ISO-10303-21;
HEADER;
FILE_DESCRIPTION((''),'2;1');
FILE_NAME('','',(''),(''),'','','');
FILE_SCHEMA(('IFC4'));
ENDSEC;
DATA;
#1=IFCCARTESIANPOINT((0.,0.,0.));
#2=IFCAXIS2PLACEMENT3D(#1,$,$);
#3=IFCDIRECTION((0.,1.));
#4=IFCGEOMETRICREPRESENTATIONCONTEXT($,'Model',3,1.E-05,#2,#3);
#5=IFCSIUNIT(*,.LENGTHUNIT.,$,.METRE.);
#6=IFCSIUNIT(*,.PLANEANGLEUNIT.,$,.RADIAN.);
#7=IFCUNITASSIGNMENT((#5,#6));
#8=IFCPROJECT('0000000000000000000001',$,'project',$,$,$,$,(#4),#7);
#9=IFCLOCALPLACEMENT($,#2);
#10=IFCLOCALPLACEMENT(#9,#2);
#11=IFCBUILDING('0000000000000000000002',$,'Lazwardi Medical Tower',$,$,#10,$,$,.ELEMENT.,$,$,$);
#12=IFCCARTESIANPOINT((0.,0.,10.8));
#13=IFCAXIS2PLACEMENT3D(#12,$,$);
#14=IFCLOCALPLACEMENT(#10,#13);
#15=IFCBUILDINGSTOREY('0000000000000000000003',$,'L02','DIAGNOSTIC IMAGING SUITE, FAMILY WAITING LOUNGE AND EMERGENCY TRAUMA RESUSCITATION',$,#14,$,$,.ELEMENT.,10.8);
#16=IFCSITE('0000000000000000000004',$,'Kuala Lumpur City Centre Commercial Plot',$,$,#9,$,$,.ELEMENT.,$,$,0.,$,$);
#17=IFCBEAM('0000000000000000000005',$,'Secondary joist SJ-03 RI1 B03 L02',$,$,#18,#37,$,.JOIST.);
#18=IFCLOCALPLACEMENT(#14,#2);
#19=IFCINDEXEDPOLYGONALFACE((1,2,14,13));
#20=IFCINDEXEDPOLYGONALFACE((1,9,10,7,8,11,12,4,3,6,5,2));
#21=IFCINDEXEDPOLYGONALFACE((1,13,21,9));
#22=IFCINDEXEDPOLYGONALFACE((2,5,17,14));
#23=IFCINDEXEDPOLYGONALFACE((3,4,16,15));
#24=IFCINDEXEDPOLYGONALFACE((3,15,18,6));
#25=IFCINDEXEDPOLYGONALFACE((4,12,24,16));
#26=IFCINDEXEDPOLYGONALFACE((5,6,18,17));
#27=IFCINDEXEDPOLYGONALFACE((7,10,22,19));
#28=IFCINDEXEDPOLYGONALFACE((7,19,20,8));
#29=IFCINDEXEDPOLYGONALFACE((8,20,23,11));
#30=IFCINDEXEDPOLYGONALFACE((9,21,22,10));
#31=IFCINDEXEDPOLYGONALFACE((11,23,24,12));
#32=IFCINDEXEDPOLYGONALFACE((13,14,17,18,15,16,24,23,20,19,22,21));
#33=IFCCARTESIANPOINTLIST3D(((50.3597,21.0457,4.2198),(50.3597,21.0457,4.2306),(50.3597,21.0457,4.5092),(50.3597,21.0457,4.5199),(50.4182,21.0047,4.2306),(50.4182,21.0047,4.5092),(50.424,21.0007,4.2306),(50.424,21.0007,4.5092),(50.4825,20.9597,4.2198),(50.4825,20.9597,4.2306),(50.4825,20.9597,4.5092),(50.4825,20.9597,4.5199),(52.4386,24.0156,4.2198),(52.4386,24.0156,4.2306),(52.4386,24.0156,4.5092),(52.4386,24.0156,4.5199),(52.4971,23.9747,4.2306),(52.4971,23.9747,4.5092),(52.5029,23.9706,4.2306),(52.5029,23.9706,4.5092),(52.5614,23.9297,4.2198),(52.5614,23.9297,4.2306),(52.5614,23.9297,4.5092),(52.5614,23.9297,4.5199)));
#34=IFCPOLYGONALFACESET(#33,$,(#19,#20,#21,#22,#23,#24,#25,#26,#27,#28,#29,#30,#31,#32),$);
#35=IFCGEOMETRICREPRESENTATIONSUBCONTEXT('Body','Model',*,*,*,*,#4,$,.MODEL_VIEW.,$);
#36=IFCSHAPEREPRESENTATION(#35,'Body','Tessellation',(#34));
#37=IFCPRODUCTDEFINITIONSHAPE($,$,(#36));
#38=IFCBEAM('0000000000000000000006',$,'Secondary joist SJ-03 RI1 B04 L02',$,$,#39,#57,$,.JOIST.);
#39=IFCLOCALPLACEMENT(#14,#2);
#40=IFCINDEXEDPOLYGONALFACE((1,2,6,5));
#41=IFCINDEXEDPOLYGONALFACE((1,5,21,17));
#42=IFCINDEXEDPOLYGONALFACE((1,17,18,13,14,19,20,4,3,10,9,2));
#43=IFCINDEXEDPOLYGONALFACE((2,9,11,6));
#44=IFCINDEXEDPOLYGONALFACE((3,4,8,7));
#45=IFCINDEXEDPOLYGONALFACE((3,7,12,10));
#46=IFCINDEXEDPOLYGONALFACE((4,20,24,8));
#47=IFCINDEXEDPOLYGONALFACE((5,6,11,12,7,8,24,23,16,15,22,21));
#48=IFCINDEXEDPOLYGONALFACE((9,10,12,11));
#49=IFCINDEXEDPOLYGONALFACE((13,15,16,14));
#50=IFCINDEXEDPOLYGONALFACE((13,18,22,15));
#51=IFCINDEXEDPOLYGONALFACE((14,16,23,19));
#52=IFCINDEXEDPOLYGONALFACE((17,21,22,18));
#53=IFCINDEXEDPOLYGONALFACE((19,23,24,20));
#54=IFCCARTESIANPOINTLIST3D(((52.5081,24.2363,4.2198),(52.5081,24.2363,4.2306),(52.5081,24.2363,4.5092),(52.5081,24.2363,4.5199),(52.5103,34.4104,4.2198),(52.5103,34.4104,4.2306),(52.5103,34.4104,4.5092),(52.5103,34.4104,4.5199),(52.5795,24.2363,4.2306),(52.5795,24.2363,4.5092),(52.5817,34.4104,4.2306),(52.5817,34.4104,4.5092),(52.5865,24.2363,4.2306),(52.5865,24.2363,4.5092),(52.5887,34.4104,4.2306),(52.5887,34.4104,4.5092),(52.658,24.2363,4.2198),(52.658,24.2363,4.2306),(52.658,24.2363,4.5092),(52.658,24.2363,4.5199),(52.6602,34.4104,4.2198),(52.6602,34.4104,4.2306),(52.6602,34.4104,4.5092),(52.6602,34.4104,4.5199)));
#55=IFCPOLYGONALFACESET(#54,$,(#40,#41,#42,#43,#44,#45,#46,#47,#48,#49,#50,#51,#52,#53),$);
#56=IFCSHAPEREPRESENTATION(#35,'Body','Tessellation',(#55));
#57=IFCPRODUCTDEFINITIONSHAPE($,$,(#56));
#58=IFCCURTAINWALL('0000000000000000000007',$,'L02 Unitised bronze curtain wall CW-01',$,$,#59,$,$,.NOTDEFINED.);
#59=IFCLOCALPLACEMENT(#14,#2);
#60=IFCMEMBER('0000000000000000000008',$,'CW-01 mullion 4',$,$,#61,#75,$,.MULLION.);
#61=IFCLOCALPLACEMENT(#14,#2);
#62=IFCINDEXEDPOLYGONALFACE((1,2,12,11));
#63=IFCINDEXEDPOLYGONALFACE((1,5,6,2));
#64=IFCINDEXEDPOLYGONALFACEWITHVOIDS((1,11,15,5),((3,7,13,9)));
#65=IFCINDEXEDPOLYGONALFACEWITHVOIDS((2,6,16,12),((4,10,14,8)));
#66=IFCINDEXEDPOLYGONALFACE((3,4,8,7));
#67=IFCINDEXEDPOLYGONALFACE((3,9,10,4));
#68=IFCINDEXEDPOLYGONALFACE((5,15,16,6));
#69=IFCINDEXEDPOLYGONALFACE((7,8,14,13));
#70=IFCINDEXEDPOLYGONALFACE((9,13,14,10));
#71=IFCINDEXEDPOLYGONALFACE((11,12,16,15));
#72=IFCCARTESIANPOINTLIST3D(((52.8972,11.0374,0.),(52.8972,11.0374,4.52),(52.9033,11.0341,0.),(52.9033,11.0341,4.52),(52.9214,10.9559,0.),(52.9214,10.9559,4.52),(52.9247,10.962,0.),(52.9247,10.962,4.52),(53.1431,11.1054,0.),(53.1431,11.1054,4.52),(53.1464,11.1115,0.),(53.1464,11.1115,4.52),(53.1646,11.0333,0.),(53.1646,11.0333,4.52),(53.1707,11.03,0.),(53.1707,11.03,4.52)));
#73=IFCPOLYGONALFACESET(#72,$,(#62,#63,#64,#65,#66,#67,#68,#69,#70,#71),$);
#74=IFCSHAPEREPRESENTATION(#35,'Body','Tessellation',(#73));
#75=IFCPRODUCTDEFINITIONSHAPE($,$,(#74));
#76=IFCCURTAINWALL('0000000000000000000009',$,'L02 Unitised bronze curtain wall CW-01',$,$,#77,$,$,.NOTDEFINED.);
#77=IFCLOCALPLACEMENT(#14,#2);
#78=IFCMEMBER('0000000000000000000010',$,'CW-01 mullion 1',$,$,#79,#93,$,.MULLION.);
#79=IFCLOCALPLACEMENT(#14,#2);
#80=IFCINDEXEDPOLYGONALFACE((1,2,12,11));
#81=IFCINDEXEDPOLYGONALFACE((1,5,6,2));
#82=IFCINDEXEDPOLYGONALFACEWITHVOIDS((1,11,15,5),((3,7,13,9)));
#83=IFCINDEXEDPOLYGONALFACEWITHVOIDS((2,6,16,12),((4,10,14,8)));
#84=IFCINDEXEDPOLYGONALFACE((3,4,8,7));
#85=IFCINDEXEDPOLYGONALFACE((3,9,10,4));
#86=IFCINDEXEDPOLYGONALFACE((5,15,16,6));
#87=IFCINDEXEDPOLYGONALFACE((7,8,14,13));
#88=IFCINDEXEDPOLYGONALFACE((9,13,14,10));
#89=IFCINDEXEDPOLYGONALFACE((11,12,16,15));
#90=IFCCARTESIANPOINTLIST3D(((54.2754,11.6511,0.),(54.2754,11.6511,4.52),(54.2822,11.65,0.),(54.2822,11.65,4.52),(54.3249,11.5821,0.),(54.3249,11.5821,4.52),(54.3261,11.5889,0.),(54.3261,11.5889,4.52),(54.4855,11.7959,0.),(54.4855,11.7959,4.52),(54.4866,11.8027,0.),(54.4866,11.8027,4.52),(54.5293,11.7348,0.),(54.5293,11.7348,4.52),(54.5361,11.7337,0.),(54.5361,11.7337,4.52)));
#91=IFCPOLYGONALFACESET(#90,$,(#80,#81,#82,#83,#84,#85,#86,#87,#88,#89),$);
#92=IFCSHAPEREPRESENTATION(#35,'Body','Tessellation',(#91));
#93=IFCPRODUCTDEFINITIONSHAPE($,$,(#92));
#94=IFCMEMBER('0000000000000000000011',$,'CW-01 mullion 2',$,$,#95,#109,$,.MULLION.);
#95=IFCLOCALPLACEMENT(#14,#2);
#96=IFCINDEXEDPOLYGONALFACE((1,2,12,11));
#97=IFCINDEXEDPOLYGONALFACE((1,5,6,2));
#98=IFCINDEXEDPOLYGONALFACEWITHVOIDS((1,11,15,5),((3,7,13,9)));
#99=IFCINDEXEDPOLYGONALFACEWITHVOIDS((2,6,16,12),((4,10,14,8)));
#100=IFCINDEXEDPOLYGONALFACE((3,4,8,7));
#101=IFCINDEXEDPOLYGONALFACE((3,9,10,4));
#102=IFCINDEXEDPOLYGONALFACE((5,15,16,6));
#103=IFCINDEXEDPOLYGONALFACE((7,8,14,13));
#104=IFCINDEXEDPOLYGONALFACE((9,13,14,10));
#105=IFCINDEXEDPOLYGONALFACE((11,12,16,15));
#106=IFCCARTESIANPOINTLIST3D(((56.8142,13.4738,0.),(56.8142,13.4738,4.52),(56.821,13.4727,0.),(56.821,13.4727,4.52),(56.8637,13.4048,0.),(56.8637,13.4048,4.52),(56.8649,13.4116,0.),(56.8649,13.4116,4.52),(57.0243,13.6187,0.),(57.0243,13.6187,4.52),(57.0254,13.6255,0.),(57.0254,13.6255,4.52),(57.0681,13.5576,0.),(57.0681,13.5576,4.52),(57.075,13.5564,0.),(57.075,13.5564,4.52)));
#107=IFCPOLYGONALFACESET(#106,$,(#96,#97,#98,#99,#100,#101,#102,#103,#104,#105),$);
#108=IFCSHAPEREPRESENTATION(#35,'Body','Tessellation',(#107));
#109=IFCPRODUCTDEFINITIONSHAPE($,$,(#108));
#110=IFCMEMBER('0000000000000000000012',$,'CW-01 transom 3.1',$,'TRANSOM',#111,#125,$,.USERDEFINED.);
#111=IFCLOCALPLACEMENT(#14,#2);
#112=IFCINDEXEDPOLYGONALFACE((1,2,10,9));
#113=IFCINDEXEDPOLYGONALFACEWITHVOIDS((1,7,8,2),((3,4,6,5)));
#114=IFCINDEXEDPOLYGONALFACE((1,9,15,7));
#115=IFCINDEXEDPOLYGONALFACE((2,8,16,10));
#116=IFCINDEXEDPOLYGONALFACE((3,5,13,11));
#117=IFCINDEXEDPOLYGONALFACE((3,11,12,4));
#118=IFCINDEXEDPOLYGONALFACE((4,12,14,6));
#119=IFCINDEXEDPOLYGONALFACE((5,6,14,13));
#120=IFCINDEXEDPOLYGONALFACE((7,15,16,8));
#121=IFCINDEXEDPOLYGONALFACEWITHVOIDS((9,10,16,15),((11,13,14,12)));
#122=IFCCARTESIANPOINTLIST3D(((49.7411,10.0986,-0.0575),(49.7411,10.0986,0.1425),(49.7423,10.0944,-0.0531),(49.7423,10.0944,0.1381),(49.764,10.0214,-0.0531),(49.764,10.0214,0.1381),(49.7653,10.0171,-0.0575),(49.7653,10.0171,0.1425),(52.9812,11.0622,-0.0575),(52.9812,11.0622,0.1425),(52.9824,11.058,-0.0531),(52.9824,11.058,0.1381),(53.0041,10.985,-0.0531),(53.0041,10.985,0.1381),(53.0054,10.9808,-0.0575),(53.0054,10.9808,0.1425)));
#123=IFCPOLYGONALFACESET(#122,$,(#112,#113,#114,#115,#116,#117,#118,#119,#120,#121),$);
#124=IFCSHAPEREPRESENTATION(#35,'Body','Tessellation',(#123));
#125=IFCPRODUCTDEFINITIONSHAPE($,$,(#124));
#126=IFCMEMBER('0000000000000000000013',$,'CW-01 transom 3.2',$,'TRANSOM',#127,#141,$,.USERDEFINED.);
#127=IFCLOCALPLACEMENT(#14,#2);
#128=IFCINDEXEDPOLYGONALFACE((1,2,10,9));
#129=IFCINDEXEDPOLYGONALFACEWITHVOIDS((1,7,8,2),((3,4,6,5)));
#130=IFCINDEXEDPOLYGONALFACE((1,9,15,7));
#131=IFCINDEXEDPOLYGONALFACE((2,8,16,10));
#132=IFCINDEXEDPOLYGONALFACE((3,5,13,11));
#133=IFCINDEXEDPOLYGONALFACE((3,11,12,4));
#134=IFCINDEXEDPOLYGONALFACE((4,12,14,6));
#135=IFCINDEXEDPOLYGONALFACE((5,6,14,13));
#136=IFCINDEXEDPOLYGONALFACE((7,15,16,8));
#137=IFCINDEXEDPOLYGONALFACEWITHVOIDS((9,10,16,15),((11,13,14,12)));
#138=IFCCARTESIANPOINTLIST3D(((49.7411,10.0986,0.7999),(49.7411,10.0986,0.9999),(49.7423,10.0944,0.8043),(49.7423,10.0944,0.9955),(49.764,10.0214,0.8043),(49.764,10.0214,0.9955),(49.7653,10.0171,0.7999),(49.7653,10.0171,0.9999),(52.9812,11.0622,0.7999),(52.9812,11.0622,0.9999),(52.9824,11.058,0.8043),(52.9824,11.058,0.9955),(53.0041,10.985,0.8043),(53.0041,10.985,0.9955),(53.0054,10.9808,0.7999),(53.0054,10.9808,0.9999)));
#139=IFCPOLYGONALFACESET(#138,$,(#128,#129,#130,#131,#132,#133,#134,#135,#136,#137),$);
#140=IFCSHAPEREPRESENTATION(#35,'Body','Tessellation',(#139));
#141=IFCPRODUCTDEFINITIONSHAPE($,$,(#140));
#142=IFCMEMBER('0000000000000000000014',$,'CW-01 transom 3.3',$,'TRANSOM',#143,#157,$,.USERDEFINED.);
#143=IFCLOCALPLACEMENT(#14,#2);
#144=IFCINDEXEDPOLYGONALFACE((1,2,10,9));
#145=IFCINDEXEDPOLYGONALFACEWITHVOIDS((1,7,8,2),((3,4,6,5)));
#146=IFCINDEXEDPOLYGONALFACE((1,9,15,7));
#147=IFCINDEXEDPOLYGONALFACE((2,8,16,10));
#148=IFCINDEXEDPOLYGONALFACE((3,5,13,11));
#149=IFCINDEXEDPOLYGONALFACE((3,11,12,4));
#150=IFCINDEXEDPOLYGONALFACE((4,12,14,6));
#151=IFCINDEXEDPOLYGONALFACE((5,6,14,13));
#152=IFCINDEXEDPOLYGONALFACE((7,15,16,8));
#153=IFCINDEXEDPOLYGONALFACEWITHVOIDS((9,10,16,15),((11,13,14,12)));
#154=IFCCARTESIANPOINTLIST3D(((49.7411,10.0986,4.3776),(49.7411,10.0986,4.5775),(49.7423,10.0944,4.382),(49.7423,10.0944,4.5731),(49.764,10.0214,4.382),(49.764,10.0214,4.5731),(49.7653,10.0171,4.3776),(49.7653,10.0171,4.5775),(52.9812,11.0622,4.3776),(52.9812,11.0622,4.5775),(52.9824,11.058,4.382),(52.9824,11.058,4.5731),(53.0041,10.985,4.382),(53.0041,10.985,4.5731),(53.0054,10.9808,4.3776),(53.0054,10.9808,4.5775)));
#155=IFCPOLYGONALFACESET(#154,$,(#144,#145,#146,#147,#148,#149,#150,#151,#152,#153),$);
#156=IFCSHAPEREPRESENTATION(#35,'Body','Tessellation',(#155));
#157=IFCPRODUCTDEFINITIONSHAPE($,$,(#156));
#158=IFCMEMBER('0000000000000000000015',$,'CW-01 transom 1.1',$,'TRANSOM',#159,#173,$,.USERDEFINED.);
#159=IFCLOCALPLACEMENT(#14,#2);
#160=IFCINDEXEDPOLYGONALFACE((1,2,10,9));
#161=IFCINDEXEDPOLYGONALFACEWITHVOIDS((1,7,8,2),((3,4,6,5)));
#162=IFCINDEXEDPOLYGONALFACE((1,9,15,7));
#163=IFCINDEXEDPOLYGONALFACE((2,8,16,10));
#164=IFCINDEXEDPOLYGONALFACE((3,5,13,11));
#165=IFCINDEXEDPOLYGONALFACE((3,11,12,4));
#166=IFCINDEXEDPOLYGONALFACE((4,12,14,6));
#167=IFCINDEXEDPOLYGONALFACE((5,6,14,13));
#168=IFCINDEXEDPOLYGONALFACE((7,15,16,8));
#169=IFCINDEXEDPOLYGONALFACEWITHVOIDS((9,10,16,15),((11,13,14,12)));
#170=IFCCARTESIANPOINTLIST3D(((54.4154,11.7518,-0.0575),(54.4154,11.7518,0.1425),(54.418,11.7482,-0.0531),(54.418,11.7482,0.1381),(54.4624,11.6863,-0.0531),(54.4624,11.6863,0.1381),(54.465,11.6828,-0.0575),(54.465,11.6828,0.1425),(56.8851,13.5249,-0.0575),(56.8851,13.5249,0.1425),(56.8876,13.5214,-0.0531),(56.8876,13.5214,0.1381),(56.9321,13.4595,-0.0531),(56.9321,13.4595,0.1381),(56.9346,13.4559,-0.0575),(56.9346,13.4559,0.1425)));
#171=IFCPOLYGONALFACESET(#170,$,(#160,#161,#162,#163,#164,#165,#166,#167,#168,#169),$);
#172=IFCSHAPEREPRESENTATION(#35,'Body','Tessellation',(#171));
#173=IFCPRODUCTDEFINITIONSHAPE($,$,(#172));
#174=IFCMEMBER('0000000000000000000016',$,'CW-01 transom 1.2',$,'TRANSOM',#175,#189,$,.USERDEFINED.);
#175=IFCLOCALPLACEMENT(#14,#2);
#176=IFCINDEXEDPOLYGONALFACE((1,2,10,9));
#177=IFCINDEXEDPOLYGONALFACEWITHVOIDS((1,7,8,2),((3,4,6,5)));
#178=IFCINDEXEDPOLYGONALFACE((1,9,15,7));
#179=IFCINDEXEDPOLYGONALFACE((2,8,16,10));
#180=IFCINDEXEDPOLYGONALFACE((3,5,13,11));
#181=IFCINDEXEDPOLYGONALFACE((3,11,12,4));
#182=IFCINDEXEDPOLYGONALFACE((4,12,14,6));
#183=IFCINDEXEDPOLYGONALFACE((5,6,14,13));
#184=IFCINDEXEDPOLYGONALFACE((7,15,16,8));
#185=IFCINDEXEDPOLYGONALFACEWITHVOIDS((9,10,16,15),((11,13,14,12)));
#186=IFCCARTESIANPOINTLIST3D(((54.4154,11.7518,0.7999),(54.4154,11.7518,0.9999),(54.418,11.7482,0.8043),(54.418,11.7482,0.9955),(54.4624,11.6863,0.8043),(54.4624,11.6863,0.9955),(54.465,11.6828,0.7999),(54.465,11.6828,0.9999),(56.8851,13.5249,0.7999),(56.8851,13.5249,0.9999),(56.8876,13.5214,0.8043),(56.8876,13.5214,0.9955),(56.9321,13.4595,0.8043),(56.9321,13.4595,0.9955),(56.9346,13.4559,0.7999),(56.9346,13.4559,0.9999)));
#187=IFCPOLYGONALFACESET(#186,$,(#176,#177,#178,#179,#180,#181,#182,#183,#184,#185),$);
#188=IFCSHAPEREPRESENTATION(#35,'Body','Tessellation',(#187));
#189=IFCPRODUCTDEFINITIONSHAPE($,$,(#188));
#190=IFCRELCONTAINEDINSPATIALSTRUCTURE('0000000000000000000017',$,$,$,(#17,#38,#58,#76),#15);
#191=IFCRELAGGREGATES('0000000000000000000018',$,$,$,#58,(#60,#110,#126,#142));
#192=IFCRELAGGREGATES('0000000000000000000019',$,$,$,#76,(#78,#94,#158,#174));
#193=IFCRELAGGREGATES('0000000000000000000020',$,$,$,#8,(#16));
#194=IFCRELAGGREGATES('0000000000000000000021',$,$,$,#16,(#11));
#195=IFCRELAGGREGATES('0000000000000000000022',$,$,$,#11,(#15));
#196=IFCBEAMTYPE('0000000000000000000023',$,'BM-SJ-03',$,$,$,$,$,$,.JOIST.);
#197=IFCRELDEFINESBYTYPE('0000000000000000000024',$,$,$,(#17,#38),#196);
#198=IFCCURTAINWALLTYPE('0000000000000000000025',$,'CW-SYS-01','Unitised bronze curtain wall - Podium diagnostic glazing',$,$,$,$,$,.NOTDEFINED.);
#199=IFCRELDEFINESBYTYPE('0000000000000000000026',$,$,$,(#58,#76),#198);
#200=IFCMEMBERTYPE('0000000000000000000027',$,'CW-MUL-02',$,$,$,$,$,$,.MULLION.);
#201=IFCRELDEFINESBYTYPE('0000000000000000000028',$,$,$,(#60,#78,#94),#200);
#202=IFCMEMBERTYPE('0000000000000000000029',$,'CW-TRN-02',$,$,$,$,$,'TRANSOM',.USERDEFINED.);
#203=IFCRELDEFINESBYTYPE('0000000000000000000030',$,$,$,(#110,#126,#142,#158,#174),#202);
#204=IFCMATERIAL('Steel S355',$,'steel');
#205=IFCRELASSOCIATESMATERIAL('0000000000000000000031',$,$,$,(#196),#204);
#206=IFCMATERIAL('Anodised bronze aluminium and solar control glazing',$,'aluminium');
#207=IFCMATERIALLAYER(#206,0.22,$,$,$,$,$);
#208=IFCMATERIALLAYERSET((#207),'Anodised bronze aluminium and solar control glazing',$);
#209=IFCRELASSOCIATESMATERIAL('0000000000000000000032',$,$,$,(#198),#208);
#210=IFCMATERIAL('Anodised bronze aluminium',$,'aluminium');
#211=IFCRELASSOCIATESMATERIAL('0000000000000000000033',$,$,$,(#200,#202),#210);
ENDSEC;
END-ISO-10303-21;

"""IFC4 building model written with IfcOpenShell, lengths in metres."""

from ifc_helpers import new_model, si_unit, direction, frame, origin, origin_2d, place, context, subcontext, project, spatial, hollow_rectangle, i_section, extrude, material, layer, layer_set, material_profile, profile_set, type_object, element, aggregate, save


model = new_model("IFC4")

# Units and contexts
model_context = context("Model", 3, precision=1e-05, world=origin(), true_north=direction((0.0, 1.0)))
body_context = subcontext(model_context, "Body", "Model", "MODEL_VIEW")
ifc_project = project(units=[si_unit("LENGTHUNIT", "METRE"), si_unit("PLANEANGLEUNIT", "RADIAN")], contexts=[model_context])

# Site, building, storey
site_placement = place(None, origin())
site = spatial("IfcSite", under=ifc_project, at=site_placement, Name="Kuala Lumpur City Centre Commercial Plot", CompositionType="ELEMENT", RefElevation=0.0)
building_placement = place(site_placement, origin())
building = spatial("IfcBuilding", under=site, at=building_placement, Name="Lazwardi Medical Tower", CompositionType="ELEMENT")
storey_placement = place(building_placement, frame((0.0, 0.0, 10.8)))
storey = spatial("IfcBuildingStorey", under=building, at=storey_placement, Name="L02", Description="DIAGNOSTIC IMAGING SUITE, FAMILY WAITING LOUNGE AND EMERGENCY TRAUMA RESUSCITATION", CompositionType="ELEMENT", Elevation=10.8)

# Beams
ifc_material_1 = material(Name="Steel S355", Category="steel")
ifc_material_profile_1 = material_profile(ifc_material_1, i_section(OverallWidth=0.1499, OverallDepth=0.3, WebThickness=0.0071, FlangeThickness=0.0107, at=origin_2d()), Name="IPE 300")
ifc_profile_set_1 = profile_set([ifc_material_profile_1], Name="Steel S355")
beam_type_1 = type_object("IfcBeamType", Name="BM-SJ-03", PredefinedType="JOIST", material=ifc_profile_set_1)
beam_1_placement = place(storey_placement, frame((50.4211, 21.0027, 4.3699), z_axis=(0.57344, 0.819248, 0.0), x_axis=(-0.819248, 0.57344, 0.0)))
element("IfcBeam", 1, at=beam_1_placement, inside=storey, type_object=beam_type_1, Name="Secondary joist SJ-03 RI1 B03 L02", PredefinedType="JOIST", context=body_context, shape_type="SweptSolid", body=[
    extrude(i_section(OverallWidth=0.1499, OverallDepth=0.3, WebThickness=0.0071, FlangeThickness=0.0107, at=origin_2d()), origin(), (0.0, 0.0, 1.0), 3.6252),
])
beam_2_placement = place(storey_placement, frame((52.583, 24.2363, 4.3699), z_axis=(0.000216, 1.0, 0.0), x_axis=(-1.0, 0.000216, 0.0)))
element("IfcBeam", 2, at=beam_2_placement, inside=storey, type_object=beam_type_1, Name="Secondary joist SJ-03 RI1 B04 L02", PredefinedType="JOIST", context=body_context, shape_type="SweptSolid", body=[
    extrude(i_section(OverallWidth=0.1499, OverallDepth=0.3, WebThickness=0.0071, FlangeThickness=0.0107, at=origin_2d()), origin(), (0.0, 0.0, 1.0), 10.1741),
])

# Curtain wall, member
ifc_material_2 = material(Name="Anodised bronze aluminium and solar control glazing", Category="aluminium")
ifc_layer_1 = layer(ifc_material_2, 0.22)
ifc_layer_set_1 = layer_set([ifc_layer_1], Name="Anodised bronze aluminium and solar control glazing")
curtain_wall_type = type_object("IfcCurtainWallType", Name="CW-SYS-01", Description="Unitised bronze curtain wall - Podium diagnostic glazing", PredefinedType="NOTDEFINED", material=ifc_layer_set_1)
curtain_wall_1_placement = place(storey_placement, origin())
curtain_wall_1 = element("IfcCurtainWall", 3, at=curtain_wall_1_placement, inside=storey, type_object=curtain_wall_type, Name="L02 Unitised bronze curtain wall CW-01", PredefinedType="NOTDEFINED")
ifc_material_3 = material(Name="Anodised bronze aluminium", Category="aluminium")
ifc_material_profile_2 = material_profile(ifc_material_3, hollow_rectangle(XDim=0.085, YDim=0.26, WallThickness=0.0049, at=origin_2d()), Name="ALU-MULLION 260x85x5")
ifc_profile_set_2 = profile_set([ifc_material_profile_2], Name="Anodised bronze aluminium")
member_type_1 = type_object("IfcMemberType", Name="CW-MUL-02", PredefinedType="MULLION", material=ifc_profile_set_2)
member_1_placement = place(storey_placement, frame((53.0339, 11.0337, 0.0), z_axis=(0.0, 0.0, 1.0), x_axis=(-0.285047, 0.958513, 0.0)))
member_1 = element("IfcMember", 4, at=member_1_placement, type_object=member_type_1, Name="CW-01 mullion 4", PredefinedType="MULLION", context=body_context, shape_type="SweptSolid", body=[
    extrude(hollow_rectangle(XDim=0.085, YDim=0.26, WallThickness=0.0049, at=origin_2d()), origin(), (0.0, 0.0, 1.0), 4.52),
])

# Curtain wall, members
curtain_wall_2_placement = place(storey_placement, origin())
curtain_wall_2 = element("IfcCurtainWall", 5, at=curtain_wall_2_placement, inside=storey, type_object=curtain_wall_type, Name="L02 Unitised bronze curtain wall CW-01", PredefinedType="NOTDEFINED")
member_2_placement = place(storey_placement, frame((54.4058, 11.6924, 0.0), z_axis=(0.0, 0.0, 1.0), x_axis=(-0.583214, 0.812318, 0.0)))
member_2 = element("IfcMember", 6, at=member_2_placement, type_object=member_type_1, Name="CW-01 mullion 1", PredefinedType="MULLION", context=body_context, shape_type="SweptSolid", body=[
    extrude(hollow_rectangle(XDim=0.085, YDim=0.26, WallThickness=0.0049, at=origin_2d()), origin(), (0.0, 0.0, 1.0), 4.52),
])
member_3_placement = place(storey_placement, frame((56.9446, 13.5151, 0.0), z_axis=(0.0, 0.0, 1.0), x_axis=(-0.583214, 0.812318, 0.0)))
member_3 = element("IfcMember", 7, at=member_3_placement, type_object=member_type_1, Name="CW-01 mullion 2", PredefinedType="MULLION", context=body_context, shape_type="SweptSolid", body=[
    extrude(hollow_rectangle(XDim=0.085, YDim=0.26, WallThickness=0.0049, at=origin_2d()), origin(), (0.0, 0.0, 1.0), 4.52),
])

# Members
ifc_material_profile_3 = material_profile(ifc_material_3, hollow_rectangle(XDim=0.085, YDim=0.2, WallThickness=0.0044, at=origin_2d()), Name="ALU-TRANSOM 200x85x4.5")
ifc_profile_set_3 = profile_set([ifc_material_profile_3], Name="Anodised bronze aluminium")
member_type_2 = type_object("IfcMemberType", Name="CW-TRN-02", ElementType="TRANSOM", PredefinedType="USERDEFINED", material=ifc_profile_set_3)
member_4_placement = place(storey_placement, frame((49.7532, 10.0579, 0.0425), z_axis=(0.958505, 0.285074, 0.0), x_axis=(-0.285074, 0.958505, 0.0)))
member_4 = element("IfcMember", 8, at=member_4_placement, type_object=member_type_2, Name="CW-01 transom 3.1", ObjectType="TRANSOM", PredefinedType="USERDEFINED", context=body_context, shape_type="SweptSolid", body=[
    extrude(hollow_rectangle(XDim=0.085, YDim=0.2, WallThickness=0.0044, at=origin_2d()), origin(), (0.0, 0.0, 1.0), 3.3804),
])
member_5_placement = place(storey_placement, frame((49.7532, 10.0579, 0.8999), z_axis=(0.958505, 0.285074, 0.0), x_axis=(-0.285074, 0.958505, 0.0)))
member_5 = element("IfcMember", 9, at=member_5_placement, type_object=member_type_2, Name="CW-01 transom 3.2", ObjectType="TRANSOM", PredefinedType="USERDEFINED", context=body_context, shape_type="SweptSolid", body=[
    extrude(hollow_rectangle(XDim=0.085, YDim=0.2, WallThickness=0.0044, at=origin_2d()), origin(), (0.0, 0.0, 1.0), 3.3804),
])
member_6_placement = place(storey_placement, frame((49.7532, 10.0579, 4.4775), z_axis=(0.958505, 0.285074, 0.0), x_axis=(-0.285074, 0.958505, 0.0)))
member_6 = element("IfcMember", 10, at=member_6_placement, type_object=member_type_2, Name="CW-01 transom 3.3", ObjectType="TRANSOM", PredefinedType="USERDEFINED", context=body_context, shape_type="SweptSolid", body=[
    extrude(hollow_rectangle(XDim=0.085, YDim=0.2, WallThickness=0.0044, at=origin_2d()), origin(), (0.0, 0.0, 1.0), 3.3804),
])
member_7_placement = place(storey_placement, frame((54.4402, 11.7173, 0.0425), z_axis=(0.812315, 0.583219, 0.0), x_axis=(-0.583219, 0.812315, 0.0)))
member_7 = element("IfcMember", 11, at=member_7_placement, type_object=member_type_2, Name="CW-01 transom 1.1", ObjectType="TRANSOM", PredefinedType="USERDEFINED", context=body_context, shape_type="SweptSolid", body=[
    extrude(hollow_rectangle(XDim=0.085, YDim=0.2, WallThickness=0.0044, at=origin_2d()), origin(), (0.0, 0.0, 1.0), 3.0403),
])
member_8_placement = place(storey_placement, frame((54.4402, 11.7173, 0.8999), z_axis=(0.812315, 0.583219, 0.0), x_axis=(-0.583219, 0.812315, 0.0)))
member_8 = element("IfcMember", 12, at=member_8_placement, type_object=member_type_2, Name="CW-01 transom 1.2", ObjectType="TRANSOM", PredefinedType="USERDEFINED", context=body_context, shape_type="SweptSolid", body=[
    extrude(hollow_rectangle(XDim=0.085, YDim=0.2, WallThickness=0.0044, at=origin_2d()), origin(), (0.0, 0.0, 1.0), 3.0403),
])

aggregate(curtain_wall_1, [member_1, member_4, member_5, member_6])
aggregate(curtain_wall_2, [member_2, member_3, member_7, member_8])

save(model, "model.ifc")
